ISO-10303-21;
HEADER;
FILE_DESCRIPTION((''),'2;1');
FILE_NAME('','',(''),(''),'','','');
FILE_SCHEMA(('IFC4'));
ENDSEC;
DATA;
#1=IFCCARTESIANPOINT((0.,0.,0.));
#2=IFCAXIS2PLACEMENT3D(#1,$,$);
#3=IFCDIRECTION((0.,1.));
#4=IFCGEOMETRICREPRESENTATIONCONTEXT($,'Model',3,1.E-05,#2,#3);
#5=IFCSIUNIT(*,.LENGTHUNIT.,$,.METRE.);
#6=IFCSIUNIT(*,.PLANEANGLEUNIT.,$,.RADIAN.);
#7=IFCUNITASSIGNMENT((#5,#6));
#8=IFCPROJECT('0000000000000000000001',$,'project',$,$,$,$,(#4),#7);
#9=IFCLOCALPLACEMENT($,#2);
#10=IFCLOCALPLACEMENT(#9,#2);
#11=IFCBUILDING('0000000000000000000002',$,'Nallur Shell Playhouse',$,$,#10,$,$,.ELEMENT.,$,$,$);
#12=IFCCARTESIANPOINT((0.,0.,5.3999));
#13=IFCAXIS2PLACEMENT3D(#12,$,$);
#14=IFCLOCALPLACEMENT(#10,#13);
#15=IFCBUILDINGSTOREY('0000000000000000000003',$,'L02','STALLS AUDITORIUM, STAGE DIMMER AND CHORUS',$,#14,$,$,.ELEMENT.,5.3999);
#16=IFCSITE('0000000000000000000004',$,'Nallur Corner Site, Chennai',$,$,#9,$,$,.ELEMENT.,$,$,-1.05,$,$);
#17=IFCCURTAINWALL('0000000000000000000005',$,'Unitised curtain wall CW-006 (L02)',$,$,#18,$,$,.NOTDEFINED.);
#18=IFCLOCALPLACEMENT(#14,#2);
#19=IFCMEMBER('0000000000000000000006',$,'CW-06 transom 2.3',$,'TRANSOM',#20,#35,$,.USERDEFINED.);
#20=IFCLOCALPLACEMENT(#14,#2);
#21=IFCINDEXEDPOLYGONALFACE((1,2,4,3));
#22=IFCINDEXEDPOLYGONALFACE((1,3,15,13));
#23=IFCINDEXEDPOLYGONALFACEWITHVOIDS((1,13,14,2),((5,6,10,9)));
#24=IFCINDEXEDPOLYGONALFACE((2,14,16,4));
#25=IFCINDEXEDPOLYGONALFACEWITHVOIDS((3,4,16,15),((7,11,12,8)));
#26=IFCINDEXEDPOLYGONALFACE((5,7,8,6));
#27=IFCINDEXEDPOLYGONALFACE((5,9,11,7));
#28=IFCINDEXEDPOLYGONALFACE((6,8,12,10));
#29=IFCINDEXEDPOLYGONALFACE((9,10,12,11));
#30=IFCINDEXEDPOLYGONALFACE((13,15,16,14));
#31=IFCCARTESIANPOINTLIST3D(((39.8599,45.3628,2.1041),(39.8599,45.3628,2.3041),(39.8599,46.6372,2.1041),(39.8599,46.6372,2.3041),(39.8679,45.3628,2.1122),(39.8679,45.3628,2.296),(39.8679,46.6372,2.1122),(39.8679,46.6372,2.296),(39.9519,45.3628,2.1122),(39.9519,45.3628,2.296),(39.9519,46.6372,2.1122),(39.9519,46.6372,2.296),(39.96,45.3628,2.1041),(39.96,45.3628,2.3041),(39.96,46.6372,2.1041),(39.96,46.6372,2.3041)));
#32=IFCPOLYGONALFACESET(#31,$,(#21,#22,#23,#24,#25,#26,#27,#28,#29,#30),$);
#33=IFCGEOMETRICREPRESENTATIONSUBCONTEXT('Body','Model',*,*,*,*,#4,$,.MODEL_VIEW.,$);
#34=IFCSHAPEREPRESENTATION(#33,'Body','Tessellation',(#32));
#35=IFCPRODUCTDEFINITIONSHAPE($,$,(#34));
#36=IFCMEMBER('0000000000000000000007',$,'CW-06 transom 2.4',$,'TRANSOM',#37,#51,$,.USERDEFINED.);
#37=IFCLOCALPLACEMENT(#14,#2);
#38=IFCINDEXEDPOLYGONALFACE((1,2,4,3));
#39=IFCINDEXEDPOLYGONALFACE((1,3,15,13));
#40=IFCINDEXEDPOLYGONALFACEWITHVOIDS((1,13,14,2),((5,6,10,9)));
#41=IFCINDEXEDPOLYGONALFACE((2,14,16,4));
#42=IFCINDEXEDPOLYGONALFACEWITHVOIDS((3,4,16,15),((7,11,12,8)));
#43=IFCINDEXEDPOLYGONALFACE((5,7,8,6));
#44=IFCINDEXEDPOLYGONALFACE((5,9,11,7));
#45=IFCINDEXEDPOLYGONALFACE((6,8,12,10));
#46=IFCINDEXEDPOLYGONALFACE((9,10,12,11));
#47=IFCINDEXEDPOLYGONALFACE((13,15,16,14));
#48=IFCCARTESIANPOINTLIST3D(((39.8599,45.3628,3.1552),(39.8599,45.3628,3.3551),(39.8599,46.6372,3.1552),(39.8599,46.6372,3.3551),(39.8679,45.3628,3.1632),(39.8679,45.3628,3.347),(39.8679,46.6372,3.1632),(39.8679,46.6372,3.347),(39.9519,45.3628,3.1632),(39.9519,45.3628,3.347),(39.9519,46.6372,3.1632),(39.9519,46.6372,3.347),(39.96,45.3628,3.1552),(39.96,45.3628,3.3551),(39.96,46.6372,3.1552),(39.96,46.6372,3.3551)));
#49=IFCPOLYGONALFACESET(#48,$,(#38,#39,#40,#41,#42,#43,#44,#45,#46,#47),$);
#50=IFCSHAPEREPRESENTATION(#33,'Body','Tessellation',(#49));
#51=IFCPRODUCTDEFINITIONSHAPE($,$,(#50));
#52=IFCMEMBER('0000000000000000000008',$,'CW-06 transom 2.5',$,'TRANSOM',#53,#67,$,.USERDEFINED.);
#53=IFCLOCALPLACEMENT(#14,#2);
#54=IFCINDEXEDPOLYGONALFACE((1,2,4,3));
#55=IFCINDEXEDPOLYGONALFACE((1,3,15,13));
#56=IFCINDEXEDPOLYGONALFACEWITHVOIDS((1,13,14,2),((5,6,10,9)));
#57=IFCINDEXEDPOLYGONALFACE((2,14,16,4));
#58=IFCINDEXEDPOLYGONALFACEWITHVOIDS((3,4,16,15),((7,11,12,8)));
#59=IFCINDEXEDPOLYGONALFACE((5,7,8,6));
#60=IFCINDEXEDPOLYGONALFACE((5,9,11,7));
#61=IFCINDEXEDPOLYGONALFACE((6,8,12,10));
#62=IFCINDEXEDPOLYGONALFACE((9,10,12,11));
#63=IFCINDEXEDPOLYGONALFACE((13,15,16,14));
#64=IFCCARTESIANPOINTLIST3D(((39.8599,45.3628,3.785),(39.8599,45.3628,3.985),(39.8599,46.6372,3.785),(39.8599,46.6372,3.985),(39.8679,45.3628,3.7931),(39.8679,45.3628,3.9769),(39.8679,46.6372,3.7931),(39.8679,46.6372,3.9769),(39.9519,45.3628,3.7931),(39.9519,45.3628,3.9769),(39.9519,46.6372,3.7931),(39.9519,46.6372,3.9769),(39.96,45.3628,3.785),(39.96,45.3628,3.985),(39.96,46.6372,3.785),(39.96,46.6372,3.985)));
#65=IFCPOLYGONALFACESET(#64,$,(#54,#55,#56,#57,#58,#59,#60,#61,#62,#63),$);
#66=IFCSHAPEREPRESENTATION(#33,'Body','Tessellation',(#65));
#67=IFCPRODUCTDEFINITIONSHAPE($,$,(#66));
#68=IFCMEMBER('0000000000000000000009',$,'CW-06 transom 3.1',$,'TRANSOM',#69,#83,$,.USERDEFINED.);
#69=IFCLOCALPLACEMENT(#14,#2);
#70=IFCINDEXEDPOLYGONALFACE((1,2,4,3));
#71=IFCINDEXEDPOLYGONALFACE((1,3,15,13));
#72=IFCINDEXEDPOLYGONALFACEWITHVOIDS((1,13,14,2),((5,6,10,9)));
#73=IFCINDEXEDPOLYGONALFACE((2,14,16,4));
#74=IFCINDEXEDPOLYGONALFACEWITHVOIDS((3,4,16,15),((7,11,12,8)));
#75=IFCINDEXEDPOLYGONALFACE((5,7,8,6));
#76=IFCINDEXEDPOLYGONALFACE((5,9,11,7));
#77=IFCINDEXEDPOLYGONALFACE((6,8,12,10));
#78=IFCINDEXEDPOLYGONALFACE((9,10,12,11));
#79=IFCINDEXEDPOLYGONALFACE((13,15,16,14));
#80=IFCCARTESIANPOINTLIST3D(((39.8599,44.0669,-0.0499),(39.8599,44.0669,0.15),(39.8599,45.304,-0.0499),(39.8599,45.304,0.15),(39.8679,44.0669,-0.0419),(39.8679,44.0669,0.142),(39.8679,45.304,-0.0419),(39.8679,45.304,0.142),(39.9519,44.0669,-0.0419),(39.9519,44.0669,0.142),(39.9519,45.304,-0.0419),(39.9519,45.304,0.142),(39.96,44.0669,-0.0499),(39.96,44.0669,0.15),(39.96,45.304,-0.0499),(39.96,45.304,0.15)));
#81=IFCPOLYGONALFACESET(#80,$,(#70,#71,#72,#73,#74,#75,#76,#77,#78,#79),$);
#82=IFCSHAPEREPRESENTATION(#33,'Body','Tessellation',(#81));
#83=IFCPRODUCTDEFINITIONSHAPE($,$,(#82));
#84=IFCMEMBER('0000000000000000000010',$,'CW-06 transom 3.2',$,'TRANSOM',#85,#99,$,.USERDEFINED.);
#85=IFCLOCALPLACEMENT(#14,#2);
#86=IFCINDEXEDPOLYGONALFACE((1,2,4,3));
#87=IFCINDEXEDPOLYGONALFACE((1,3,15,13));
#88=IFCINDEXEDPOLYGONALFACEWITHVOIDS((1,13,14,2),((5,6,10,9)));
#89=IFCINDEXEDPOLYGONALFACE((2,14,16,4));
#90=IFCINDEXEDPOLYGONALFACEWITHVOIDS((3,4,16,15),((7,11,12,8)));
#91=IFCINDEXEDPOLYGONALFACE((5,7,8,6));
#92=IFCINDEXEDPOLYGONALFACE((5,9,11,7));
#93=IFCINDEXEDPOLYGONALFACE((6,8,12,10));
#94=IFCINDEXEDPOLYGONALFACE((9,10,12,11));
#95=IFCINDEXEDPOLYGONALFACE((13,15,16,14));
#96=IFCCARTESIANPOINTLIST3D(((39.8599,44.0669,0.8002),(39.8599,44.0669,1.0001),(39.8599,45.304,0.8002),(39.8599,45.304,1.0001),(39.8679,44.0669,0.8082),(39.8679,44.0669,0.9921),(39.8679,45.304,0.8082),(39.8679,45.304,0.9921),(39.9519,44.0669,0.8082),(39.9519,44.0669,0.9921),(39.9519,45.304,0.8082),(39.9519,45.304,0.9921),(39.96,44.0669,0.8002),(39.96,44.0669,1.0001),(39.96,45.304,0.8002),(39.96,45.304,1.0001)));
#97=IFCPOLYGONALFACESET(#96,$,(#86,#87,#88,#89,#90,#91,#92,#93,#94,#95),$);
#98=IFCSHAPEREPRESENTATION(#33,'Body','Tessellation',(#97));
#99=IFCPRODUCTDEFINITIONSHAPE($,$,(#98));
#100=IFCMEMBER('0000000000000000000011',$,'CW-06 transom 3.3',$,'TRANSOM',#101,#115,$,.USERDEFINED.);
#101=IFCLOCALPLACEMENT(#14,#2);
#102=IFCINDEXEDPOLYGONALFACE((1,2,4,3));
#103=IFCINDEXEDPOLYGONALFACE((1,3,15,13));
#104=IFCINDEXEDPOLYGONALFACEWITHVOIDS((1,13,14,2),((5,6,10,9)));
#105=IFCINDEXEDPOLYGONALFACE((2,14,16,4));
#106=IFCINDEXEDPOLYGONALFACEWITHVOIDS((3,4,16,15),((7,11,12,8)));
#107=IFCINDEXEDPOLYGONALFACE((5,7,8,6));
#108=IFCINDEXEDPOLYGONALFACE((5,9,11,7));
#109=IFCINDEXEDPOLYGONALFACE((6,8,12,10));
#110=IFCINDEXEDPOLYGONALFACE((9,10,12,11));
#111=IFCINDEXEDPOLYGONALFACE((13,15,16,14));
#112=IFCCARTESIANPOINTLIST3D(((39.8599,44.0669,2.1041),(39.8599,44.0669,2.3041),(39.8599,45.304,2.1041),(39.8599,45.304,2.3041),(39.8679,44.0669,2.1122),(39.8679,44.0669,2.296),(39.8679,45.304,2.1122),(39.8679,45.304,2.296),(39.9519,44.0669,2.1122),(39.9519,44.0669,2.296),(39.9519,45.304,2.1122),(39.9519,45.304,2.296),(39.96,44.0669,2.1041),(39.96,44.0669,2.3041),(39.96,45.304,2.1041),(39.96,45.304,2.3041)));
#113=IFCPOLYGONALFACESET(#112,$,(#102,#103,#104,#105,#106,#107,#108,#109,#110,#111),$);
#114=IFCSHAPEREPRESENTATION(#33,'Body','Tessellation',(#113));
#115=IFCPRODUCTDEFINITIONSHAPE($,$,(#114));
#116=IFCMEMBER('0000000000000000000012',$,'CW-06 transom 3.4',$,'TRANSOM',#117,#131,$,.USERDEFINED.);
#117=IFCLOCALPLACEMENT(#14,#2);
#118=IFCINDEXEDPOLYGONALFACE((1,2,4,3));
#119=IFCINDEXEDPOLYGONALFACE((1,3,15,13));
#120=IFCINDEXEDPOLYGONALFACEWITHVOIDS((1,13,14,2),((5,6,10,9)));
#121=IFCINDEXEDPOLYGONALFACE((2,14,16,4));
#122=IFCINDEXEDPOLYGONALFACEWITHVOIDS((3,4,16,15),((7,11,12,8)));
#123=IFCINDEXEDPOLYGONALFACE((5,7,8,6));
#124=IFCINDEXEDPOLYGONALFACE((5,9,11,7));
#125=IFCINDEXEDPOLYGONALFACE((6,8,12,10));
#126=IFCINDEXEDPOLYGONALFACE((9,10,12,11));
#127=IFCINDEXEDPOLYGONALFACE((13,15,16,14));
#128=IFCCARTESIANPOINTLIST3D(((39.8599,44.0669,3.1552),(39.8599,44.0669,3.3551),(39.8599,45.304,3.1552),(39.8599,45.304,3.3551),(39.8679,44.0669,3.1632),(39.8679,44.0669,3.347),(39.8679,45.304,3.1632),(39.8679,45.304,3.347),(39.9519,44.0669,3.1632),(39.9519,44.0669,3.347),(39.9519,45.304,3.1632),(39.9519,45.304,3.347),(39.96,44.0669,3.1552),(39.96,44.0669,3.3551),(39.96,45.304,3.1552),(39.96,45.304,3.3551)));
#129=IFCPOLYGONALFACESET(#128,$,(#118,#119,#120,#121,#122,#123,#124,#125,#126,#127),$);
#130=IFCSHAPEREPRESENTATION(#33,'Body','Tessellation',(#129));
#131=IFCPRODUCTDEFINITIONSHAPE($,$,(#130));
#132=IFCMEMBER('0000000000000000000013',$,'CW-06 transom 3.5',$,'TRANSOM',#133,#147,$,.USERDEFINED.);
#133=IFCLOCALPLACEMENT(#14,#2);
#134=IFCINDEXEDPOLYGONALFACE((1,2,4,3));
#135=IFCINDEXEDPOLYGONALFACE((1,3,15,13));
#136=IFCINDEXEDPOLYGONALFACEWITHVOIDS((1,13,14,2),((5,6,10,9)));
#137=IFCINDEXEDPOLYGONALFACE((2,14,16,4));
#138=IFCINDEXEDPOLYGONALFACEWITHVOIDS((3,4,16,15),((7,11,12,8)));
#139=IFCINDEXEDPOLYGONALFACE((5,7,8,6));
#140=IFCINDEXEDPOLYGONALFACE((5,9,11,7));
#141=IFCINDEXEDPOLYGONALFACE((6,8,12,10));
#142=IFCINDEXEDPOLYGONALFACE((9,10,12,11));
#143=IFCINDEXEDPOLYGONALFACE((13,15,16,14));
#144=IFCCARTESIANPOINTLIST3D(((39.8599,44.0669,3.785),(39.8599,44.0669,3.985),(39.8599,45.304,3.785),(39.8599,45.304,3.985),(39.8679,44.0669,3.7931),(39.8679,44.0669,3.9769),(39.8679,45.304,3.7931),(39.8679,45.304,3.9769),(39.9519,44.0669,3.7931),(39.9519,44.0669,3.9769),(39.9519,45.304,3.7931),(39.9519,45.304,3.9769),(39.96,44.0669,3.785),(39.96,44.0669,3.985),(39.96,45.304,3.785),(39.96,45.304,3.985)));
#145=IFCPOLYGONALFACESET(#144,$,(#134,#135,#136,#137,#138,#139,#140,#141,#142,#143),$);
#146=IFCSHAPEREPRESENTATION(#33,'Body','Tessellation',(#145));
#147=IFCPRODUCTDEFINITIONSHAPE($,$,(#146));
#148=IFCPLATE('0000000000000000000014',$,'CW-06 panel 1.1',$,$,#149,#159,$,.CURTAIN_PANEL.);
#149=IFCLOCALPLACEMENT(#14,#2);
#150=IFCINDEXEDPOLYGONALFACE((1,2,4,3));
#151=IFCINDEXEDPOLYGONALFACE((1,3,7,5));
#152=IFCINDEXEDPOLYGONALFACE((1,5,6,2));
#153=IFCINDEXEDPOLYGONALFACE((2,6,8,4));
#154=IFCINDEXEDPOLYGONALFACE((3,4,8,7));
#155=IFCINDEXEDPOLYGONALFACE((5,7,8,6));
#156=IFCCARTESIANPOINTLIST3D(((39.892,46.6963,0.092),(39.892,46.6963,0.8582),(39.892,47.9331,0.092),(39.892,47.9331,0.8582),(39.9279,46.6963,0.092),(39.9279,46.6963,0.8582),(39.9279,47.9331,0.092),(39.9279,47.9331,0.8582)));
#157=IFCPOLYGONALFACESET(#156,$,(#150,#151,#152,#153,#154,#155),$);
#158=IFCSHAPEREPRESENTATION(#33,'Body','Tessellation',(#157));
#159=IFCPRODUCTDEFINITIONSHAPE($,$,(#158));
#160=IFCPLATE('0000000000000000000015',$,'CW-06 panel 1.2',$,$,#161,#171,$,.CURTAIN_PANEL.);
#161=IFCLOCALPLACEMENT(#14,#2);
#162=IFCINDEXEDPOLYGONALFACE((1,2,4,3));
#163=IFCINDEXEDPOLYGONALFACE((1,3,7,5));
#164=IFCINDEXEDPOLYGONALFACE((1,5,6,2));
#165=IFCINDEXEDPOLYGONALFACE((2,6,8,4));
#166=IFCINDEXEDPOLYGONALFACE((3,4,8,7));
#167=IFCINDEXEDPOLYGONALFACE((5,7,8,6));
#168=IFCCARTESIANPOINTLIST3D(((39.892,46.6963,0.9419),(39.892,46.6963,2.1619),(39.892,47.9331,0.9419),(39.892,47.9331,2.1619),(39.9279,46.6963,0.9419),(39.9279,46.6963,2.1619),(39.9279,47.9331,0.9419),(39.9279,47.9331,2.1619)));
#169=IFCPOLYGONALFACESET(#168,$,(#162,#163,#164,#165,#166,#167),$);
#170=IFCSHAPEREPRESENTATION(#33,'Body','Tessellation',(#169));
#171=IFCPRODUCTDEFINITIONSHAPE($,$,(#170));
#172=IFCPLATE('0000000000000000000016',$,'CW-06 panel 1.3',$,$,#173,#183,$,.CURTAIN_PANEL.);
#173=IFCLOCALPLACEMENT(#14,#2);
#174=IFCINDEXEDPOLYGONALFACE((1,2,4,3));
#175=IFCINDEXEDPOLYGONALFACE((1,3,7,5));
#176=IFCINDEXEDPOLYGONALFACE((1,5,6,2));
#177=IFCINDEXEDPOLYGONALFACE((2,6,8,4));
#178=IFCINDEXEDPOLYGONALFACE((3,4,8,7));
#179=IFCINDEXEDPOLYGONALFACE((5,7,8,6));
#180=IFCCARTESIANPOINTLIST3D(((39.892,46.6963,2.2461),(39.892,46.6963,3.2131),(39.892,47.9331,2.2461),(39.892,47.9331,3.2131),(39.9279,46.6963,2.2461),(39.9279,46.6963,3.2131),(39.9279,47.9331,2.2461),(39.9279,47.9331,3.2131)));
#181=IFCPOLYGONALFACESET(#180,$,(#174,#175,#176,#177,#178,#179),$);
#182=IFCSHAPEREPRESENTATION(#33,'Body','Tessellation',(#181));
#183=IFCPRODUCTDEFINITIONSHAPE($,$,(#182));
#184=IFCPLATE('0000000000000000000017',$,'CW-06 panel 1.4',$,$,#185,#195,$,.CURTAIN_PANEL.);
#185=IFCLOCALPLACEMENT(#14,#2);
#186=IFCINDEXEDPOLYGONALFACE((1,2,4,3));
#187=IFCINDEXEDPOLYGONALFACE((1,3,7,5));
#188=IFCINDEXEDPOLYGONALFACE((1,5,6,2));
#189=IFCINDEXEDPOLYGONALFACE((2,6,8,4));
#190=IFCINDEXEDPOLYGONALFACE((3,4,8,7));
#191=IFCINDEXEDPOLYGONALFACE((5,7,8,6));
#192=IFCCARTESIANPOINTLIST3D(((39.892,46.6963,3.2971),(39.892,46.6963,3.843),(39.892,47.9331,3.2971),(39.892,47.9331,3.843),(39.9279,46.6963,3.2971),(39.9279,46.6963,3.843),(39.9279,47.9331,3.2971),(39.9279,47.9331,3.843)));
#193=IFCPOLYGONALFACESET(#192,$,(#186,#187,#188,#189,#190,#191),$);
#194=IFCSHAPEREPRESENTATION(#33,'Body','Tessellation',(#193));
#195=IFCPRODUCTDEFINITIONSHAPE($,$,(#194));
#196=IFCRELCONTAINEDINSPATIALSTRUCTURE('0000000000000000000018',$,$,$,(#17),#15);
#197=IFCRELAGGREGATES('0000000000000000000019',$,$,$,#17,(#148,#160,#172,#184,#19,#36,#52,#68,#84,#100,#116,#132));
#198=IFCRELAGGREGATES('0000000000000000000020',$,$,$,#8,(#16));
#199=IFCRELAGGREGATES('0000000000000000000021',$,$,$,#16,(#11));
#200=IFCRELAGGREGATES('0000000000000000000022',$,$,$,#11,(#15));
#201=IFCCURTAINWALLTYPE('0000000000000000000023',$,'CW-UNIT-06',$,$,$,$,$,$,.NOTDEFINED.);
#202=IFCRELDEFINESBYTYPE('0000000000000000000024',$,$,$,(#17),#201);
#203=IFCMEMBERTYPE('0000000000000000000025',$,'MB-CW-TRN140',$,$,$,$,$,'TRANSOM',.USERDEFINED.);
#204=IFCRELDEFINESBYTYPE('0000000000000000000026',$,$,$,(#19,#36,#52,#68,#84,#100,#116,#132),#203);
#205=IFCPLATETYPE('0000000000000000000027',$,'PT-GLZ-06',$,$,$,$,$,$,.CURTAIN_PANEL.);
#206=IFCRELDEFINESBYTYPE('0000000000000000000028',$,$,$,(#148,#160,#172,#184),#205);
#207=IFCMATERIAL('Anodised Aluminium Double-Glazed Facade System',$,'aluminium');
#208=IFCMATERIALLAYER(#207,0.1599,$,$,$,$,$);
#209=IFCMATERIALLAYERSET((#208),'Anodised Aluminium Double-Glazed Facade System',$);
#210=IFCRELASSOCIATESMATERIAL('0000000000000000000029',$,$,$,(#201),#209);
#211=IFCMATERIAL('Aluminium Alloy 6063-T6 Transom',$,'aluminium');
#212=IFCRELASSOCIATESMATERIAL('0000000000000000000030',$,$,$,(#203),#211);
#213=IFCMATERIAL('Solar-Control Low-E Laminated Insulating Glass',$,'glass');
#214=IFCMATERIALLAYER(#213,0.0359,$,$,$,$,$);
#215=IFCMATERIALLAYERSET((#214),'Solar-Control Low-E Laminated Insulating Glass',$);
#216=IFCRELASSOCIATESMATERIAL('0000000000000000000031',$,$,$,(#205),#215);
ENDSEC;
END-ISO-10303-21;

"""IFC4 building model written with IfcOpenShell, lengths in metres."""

from ifc_helpers import new_model, si_unit, direction, frame, origin, origin_2d, place, context, subcontext, project, spatial, rectangle, hollow_rectangle, extrude, material, layer, layer_set, material_profile, profile_set, type_object, element, aggregate, save


model = new_model("IFC4")

# Units and contexts
model_context = context("Model", 3, precision=1e-05, world=origin(), true_north=direction((0.0, 1.0)))
body_context = subcontext(model_context, "Body", "Model", "MODEL_VIEW")
ifc_project = project(units=[si_unit("LENGTHUNIT", "METRE"), si_unit("PLANEANGLEUNIT", "RADIAN")], contexts=[model_context])

# Site, building, storey
site_placement = place(None, origin())
site = spatial("IfcSite", under=ifc_project, at=site_placement, Name="Nallur Corner Site, Chennai", CompositionType="ELEMENT", RefElevation=-1.05)
building_placement = place(site_placement, origin())
building = spatial("IfcBuilding", under=site, at=building_placement, Name="Nallur Shell Playhouse", CompositionType="ELEMENT")
storey_placement = place(building_placement, frame((0.0, 0.0, 5.3999)))
storey = spatial("IfcBuildingStorey", under=building, at=storey_placement, Name="L02", Description="STALLS AUDITORIUM, STAGE DIMMER AND CHORUS", CompositionType="ELEMENT", Elevation=5.3999)

# Shared definitions
ifc_material_1 = material(Name="Anodised Aluminium Double-Glazed Facade System", Category="aluminium")

# Curtain wall
ifc_layer_1 = layer(ifc_material_1, 0.1599)
ifc_layer_set_1 = layer_set([ifc_layer_1], Name="Anodised Aluminium Double-Glazed Facade System")
curtain_wall_type_1 = type_object("IfcCurtainWallType", Name="CW-UNIT-06", PredefinedType="NOTDEFINED", material=ifc_layer_set_1)
curtain_wall_1_placement = place(storey_placement, origin())
curtain_wall_1 = element("IfcCurtainWall", 1, at=curtain_wall_1_placement, inside=storey, type_object=curtain_wall_type_1, Name="Unitised curtain wall CW-006 (L02)", PredefinedType="NOTDEFINED")

# Members
ifc_material_2 = material(Name="Aluminium Alloy 6063-T6 Transom", Category="aluminium")
ifc_material_profile_1 = material_profile(ifc_material_2, hollow_rectangle(XDim=0.1001, YDim=0.2, WallThickness=0.0081, at=origin_2d()), Name="RHS 200x100x8")
ifc_profile_set_1 = profile_set([ifc_material_profile_1], Name="Aluminium Alloy 6063-T6 Transom")
member_type_1 = type_object("IfcMemberType", Name="MB-CW-TRN140", ElementType="TRANSOM", PredefinedType="USERDEFINED", material=ifc_profile_set_1)
member_1_placement = place(storey_placement, frame((39.9099, 46.6372, 2.2041), z_axis=(0.0, -1.0, 0.0), x_axis=(1.0, 0.0, 0.0)))
member_1 = element("IfcMember", 2, at=member_1_placement, type_object=member_type_1, Name="CW-06 transom 2.3", ObjectType="TRANSOM", PredefinedType="USERDEFINED", context=body_context, shape_type="SweptSolid", body=[
    extrude(hollow_rectangle(XDim=0.1001, YDim=0.2, WallThickness=0.0081, at=origin_2d()), origin(), (0.0, 0.0, 1.0), 1.2744),
])
member_2_placement = place(storey_placement, frame((39.9099, 46.6372, 3.2551), z_axis=(0.0, -1.0, 0.0), x_axis=(1.0, 0.0, 0.0)))
member_2 = element("IfcMember", 3, at=member_2_placement, type_object=member_type_1, Name="CW-06 transom 2.4", ObjectType="TRANSOM", PredefinedType="USERDEFINED", context=body_context, shape_type="SweptSolid", body=[
    extrude(hollow_rectangle(XDim=0.1001, YDim=0.2, WallThickness=0.0081, at=origin_2d()), origin(), (0.0, 0.0, 1.0), 1.2744),
])
member_3_placement = place(storey_placement, frame((39.9099, 46.6372, 3.885), z_axis=(0.0, -1.0, 0.0), x_axis=(1.0, 0.0, 0.0)))
member_3 = element("IfcMember", 4, at=member_3_placement, type_object=member_type_1, Name="CW-06 transom 2.5", ObjectType="TRANSOM", PredefinedType="USERDEFINED", context=body_context, shape_type="SweptSolid", body=[
    extrude(hollow_rectangle(XDim=0.1001, YDim=0.2, WallThickness=0.0081, at=origin_2d()), origin(), (0.0, 0.0, 1.0), 1.2744),
])
member_4_placement = place(storey_placement, frame((39.9099, 45.304, 0.05), z_axis=(0.0, -1.0, 0.0), x_axis=(1.0, 0.0, 0.0)))
member_4 = element("IfcMember", 5, at=member_4_placement, type_object=member_type_1, Name="CW-06 transom 3.1", ObjectType="TRANSOM", PredefinedType="USERDEFINED", context=body_context, shape_type="SweptSolid", body=[
    extrude(hollow_rectangle(XDim=0.1001, YDim=0.2, WallThickness=0.0081, at=origin_2d()), origin(), (0.0, 0.0, 1.0), 1.2371),
])
member_5_placement = place(storey_placement, frame((39.9099, 45.304, 0.9001), z_axis=(0.0, -1.0, 0.0), x_axis=(1.0, 0.0, 0.0)))
member_5 = element("IfcMember", 6, at=member_5_placement, type_object=member_type_1, Name="CW-06 transom 3.2", ObjectType="TRANSOM", PredefinedType="USERDEFINED", context=body_context, shape_type="SweptSolid", body=[
    extrude(hollow_rectangle(XDim=0.1001, YDim=0.2, WallThickness=0.0081, at=origin_2d()), origin(), (0.0, 0.0, 1.0), 1.2371),
])
member_6_placement = place(storey_placement, frame((39.9099, 45.304, 2.2041), z_axis=(0.0, -1.0, 0.0), x_axis=(1.0, 0.0, 0.0)))
member_6 = element("IfcMember", 7, at=member_6_placement, type_object=member_type_1, Name="CW-06 transom 3.3", ObjectType="TRANSOM", PredefinedType="USERDEFINED", context=body_context, shape_type="SweptSolid", body=[
    extrude(hollow_rectangle(XDim=0.1001, YDim=0.2, WallThickness=0.0081, at=origin_2d()), origin(), (0.0, 0.0, 1.0), 1.2371),
])
member_7_placement = place(storey_placement, frame((39.9099, 45.304, 3.2551), z_axis=(0.0, -1.0, 0.0), x_axis=(1.0, 0.0, 0.0)))
member_7 = element("IfcMember", 8, at=member_7_placement, type_object=member_type_1, Name="CW-06 transom 3.4", ObjectType="TRANSOM", PredefinedType="USERDEFINED", context=body_context, shape_type="SweptSolid", body=[
    extrude(hollow_rectangle(XDim=0.1001, YDim=0.2, WallThickness=0.0081, at=origin_2d()), origin(), (0.0, 0.0, 1.0), 1.2371),
])
member_8_placement = place(storey_placement, frame((39.9099, 45.304, 3.885), z_axis=(0.0, -1.0, 0.0), x_axis=(1.0, 0.0, 0.0)))
member_8 = element("IfcMember", 9, at=member_8_placement, type_object=member_type_1, Name="CW-06 transom 3.5", ObjectType="TRANSOM", PredefinedType="USERDEFINED", context=body_context, shape_type="SweptSolid", body=[
    extrude(hollow_rectangle(XDim=0.1001, YDim=0.2, WallThickness=0.0081, at=origin_2d()), origin(), (0.0, 0.0, 1.0), 1.2371),
])

# Plates
ifc_material_3 = material(Name="Solar-Control Low-E Laminated Insulating Glass", Category="glass")
ifc_layer_2 = layer(ifc_material_3, 0.0359)
ifc_layer_set_2 = layer_set([ifc_layer_2], Name="Solar-Control Low-E Laminated Insulating Glass")
plate_type = type_object("IfcPlateType", Name="PT-GLZ-06", PredefinedType="CURTAIN_PANEL", material=ifc_layer_set_2)
plate_1_placement = place(storey_placement, frame((39.9099, 47.3147, 0.092), z_axis=(0.0, 0.0, 1.0), x_axis=(0.0, -1.0, 0.0)))
plate_1 = element("IfcPlate", 10, at=plate_1_placement, type_object=plate_type, Name="CW-06 panel 1.1", PredefinedType="CURTAIN_PANEL", context=body_context, shape_type="SweptSolid", body=[
    extrude(rectangle(XDim=1.2368, YDim=0.0359, at=origin_2d()), origin(), (0.0, 0.0, 1.0), 0.7661),
])
plate_2_placement = place(storey_placement, frame((39.9099, 47.3147, 0.9419), z_axis=(0.0, 0.0, 1.0), x_axis=(0.0, -1.0, 0.0)))
plate_2 = element("IfcPlate", 11, at=plate_2_placement, type_object=plate_type, Name="CW-06 panel 1.2", PredefinedType="CURTAIN_PANEL", context=body_context, shape_type="SweptSolid", body=[
    extrude(rectangle(XDim=1.2368, YDim=0.0359, at=origin_2d()), origin(), (0.0, 0.0, 1.0), 1.22),
])
plate_3_placement = place(storey_placement, frame((39.9099, 47.3147, 2.2461), z_axis=(0.0, 0.0, 1.0), x_axis=(0.0, -1.0, 0.0)))
plate_3 = element("IfcPlate", 12, at=plate_3_placement, type_object=plate_type, Name="CW-06 panel 1.3", PredefinedType="CURTAIN_PANEL", context=body_context, shape_type="SweptSolid", body=[
    extrude(rectangle(XDim=1.2368, YDim=0.0359, at=origin_2d()), origin(), (0.0, 0.0, 1.0), 0.967),
])
plate_4_placement = place(storey_placement, frame((39.9099, 47.3147, 3.2971), z_axis=(0.0, 0.0, 1.0), x_axis=(0.0, -1.0, 0.0)))
plate_4 = element("IfcPlate", 13, at=plate_4_placement, type_object=plate_type, Name="CW-06 panel 1.4", PredefinedType="CURTAIN_PANEL", context=body_context, shape_type="SweptSolid", body=[
    extrude(rectangle(XDim=1.2368, YDim=0.0359, at=origin_2d()), origin(), (0.0, 0.0, 1.0), 0.5459),
])
aggregate(curtain_wall_1, [plate_1, plate_2, plate_3, plate_4, member_1, member_2, member_3, member_4, member_5, member_6, member_7, member_8])

save(model, "model.ifc")
